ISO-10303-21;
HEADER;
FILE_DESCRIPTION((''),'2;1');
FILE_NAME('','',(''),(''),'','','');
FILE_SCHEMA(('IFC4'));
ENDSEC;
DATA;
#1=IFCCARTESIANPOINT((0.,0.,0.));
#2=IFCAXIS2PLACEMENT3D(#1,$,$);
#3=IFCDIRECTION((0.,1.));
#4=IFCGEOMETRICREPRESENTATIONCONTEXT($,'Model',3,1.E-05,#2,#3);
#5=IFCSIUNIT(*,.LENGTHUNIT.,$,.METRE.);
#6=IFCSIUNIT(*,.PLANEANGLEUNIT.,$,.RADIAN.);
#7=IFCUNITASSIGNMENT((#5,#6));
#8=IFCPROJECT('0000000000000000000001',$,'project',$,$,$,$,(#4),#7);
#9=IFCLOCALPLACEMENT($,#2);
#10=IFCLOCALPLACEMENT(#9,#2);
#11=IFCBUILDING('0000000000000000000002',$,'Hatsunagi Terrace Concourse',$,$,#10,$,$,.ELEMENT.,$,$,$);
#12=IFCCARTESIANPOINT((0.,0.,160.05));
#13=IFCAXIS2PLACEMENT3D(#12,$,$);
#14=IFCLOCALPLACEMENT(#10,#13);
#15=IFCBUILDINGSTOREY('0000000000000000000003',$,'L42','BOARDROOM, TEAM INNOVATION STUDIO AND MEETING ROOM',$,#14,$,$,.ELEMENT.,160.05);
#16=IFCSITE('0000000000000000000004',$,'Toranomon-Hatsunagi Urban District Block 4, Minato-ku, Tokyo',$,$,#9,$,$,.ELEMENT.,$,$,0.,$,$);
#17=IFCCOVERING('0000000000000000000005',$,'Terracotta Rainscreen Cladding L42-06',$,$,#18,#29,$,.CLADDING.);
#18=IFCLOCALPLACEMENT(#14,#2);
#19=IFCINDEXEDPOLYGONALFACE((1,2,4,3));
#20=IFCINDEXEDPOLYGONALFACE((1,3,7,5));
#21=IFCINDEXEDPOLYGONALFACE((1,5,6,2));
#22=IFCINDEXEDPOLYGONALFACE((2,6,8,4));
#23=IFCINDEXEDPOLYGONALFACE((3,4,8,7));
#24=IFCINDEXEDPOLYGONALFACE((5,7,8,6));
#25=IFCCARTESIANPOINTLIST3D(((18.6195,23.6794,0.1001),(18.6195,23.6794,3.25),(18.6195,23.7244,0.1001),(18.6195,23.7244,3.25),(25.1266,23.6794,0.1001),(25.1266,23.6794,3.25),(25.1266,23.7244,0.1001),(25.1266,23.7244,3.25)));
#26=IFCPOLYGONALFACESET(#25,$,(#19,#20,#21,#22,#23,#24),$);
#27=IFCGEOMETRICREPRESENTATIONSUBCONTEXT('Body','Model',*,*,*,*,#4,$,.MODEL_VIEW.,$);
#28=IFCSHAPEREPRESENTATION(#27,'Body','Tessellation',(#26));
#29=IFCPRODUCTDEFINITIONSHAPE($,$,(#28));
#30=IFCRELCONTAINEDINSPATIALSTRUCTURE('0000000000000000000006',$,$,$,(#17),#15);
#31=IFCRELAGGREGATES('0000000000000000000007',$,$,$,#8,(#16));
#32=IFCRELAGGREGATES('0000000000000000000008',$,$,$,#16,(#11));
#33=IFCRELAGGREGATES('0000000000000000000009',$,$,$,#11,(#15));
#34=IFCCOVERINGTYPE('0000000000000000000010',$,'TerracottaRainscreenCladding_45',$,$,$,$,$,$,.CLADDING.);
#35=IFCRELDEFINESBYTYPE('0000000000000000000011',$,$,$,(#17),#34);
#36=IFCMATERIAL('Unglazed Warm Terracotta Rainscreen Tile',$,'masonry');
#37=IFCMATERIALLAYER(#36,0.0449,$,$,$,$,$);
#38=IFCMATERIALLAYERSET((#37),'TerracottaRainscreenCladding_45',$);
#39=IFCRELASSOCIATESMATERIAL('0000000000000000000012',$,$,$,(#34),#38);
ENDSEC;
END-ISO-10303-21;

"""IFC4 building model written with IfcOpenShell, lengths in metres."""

from ifc_helpers import new_model, si_unit, direction, frame, origin, origin_2d, place, context, subcontext, project, spatial, rectangle, extrude, material, layer, layer_set, type_object, element, save


model = new_model("IFC4")

# Units and contexts
model_context = context("Model", 3, precision=1e-05, world=origin(), true_north=direction((0.0, 1.0)))
body_context = subcontext(model_context, "Body", "Model", "MODEL_VIEW")
ifc_project = project(units=[si_unit("LENGTHUNIT", "METRE"), si_unit("PLANEANGLEUNIT", "RADIAN")], contexts=[model_context])

# Site, building, storey
site_placement = place(None, origin())
site = spatial("IfcSite", under=ifc_project, at=site_placement, Name="Toranomon-Hatsunagi Urban District Block 4, Minato-ku, Tokyo", CompositionType="ELEMENT", RefElevation=0.0)
building_placement = place(site_placement, origin())
building = spatial("IfcBuilding", under=site, at=building_placement, Name="Hatsunagi Terrace Concourse", CompositionType="ELEMENT")
storey_placement = place(building_placement, frame((0.0, 0.0, 160.05)))
storey = spatial("IfcBuildingStorey", under=building, at=storey_placement, Name="L42", Description="BOARDROOM, TEAM INNOVATION STUDIO AND MEETING ROOM", CompositionType="ELEMENT", Elevation=160.05)

# Covering
ifc_material_1 = material(Name="Unglazed Warm Terracotta Rainscreen Tile", Category="masonry")
ifc_layer_1 = layer(ifc_material_1, 0.0449)
ifc_layer_set_1 = layer_set([ifc_layer_1], Name="TerracottaRainscreenCladding_45")
covering_type = type_object("IfcCoveringType", Name="TerracottaRainscreenCladding_45", PredefinedType="CLADDING", material=ifc_layer_set_1)
covering_placement = place(storey_placement, frame((21.873, 23.7019, 0.1001), z_axis=(0.0, 0.0, 1.0), x_axis=(-1.0, 0.0, 0.0)))
element("IfcCovering", 1, at=covering_placement, inside=storey, type_object=covering_type, Name="Terracotta Rainscreen Cladding L42-06", PredefinedType="CLADDING", context=body_context, shape_type="SweptSolid", body=[
    extrude(rectangle(XDim=6.5071, YDim=0.0449, at=origin_2d()), origin(), (0.0, 0.0, 1.0), 3.1499),
])

save(model, "model.ifc")
